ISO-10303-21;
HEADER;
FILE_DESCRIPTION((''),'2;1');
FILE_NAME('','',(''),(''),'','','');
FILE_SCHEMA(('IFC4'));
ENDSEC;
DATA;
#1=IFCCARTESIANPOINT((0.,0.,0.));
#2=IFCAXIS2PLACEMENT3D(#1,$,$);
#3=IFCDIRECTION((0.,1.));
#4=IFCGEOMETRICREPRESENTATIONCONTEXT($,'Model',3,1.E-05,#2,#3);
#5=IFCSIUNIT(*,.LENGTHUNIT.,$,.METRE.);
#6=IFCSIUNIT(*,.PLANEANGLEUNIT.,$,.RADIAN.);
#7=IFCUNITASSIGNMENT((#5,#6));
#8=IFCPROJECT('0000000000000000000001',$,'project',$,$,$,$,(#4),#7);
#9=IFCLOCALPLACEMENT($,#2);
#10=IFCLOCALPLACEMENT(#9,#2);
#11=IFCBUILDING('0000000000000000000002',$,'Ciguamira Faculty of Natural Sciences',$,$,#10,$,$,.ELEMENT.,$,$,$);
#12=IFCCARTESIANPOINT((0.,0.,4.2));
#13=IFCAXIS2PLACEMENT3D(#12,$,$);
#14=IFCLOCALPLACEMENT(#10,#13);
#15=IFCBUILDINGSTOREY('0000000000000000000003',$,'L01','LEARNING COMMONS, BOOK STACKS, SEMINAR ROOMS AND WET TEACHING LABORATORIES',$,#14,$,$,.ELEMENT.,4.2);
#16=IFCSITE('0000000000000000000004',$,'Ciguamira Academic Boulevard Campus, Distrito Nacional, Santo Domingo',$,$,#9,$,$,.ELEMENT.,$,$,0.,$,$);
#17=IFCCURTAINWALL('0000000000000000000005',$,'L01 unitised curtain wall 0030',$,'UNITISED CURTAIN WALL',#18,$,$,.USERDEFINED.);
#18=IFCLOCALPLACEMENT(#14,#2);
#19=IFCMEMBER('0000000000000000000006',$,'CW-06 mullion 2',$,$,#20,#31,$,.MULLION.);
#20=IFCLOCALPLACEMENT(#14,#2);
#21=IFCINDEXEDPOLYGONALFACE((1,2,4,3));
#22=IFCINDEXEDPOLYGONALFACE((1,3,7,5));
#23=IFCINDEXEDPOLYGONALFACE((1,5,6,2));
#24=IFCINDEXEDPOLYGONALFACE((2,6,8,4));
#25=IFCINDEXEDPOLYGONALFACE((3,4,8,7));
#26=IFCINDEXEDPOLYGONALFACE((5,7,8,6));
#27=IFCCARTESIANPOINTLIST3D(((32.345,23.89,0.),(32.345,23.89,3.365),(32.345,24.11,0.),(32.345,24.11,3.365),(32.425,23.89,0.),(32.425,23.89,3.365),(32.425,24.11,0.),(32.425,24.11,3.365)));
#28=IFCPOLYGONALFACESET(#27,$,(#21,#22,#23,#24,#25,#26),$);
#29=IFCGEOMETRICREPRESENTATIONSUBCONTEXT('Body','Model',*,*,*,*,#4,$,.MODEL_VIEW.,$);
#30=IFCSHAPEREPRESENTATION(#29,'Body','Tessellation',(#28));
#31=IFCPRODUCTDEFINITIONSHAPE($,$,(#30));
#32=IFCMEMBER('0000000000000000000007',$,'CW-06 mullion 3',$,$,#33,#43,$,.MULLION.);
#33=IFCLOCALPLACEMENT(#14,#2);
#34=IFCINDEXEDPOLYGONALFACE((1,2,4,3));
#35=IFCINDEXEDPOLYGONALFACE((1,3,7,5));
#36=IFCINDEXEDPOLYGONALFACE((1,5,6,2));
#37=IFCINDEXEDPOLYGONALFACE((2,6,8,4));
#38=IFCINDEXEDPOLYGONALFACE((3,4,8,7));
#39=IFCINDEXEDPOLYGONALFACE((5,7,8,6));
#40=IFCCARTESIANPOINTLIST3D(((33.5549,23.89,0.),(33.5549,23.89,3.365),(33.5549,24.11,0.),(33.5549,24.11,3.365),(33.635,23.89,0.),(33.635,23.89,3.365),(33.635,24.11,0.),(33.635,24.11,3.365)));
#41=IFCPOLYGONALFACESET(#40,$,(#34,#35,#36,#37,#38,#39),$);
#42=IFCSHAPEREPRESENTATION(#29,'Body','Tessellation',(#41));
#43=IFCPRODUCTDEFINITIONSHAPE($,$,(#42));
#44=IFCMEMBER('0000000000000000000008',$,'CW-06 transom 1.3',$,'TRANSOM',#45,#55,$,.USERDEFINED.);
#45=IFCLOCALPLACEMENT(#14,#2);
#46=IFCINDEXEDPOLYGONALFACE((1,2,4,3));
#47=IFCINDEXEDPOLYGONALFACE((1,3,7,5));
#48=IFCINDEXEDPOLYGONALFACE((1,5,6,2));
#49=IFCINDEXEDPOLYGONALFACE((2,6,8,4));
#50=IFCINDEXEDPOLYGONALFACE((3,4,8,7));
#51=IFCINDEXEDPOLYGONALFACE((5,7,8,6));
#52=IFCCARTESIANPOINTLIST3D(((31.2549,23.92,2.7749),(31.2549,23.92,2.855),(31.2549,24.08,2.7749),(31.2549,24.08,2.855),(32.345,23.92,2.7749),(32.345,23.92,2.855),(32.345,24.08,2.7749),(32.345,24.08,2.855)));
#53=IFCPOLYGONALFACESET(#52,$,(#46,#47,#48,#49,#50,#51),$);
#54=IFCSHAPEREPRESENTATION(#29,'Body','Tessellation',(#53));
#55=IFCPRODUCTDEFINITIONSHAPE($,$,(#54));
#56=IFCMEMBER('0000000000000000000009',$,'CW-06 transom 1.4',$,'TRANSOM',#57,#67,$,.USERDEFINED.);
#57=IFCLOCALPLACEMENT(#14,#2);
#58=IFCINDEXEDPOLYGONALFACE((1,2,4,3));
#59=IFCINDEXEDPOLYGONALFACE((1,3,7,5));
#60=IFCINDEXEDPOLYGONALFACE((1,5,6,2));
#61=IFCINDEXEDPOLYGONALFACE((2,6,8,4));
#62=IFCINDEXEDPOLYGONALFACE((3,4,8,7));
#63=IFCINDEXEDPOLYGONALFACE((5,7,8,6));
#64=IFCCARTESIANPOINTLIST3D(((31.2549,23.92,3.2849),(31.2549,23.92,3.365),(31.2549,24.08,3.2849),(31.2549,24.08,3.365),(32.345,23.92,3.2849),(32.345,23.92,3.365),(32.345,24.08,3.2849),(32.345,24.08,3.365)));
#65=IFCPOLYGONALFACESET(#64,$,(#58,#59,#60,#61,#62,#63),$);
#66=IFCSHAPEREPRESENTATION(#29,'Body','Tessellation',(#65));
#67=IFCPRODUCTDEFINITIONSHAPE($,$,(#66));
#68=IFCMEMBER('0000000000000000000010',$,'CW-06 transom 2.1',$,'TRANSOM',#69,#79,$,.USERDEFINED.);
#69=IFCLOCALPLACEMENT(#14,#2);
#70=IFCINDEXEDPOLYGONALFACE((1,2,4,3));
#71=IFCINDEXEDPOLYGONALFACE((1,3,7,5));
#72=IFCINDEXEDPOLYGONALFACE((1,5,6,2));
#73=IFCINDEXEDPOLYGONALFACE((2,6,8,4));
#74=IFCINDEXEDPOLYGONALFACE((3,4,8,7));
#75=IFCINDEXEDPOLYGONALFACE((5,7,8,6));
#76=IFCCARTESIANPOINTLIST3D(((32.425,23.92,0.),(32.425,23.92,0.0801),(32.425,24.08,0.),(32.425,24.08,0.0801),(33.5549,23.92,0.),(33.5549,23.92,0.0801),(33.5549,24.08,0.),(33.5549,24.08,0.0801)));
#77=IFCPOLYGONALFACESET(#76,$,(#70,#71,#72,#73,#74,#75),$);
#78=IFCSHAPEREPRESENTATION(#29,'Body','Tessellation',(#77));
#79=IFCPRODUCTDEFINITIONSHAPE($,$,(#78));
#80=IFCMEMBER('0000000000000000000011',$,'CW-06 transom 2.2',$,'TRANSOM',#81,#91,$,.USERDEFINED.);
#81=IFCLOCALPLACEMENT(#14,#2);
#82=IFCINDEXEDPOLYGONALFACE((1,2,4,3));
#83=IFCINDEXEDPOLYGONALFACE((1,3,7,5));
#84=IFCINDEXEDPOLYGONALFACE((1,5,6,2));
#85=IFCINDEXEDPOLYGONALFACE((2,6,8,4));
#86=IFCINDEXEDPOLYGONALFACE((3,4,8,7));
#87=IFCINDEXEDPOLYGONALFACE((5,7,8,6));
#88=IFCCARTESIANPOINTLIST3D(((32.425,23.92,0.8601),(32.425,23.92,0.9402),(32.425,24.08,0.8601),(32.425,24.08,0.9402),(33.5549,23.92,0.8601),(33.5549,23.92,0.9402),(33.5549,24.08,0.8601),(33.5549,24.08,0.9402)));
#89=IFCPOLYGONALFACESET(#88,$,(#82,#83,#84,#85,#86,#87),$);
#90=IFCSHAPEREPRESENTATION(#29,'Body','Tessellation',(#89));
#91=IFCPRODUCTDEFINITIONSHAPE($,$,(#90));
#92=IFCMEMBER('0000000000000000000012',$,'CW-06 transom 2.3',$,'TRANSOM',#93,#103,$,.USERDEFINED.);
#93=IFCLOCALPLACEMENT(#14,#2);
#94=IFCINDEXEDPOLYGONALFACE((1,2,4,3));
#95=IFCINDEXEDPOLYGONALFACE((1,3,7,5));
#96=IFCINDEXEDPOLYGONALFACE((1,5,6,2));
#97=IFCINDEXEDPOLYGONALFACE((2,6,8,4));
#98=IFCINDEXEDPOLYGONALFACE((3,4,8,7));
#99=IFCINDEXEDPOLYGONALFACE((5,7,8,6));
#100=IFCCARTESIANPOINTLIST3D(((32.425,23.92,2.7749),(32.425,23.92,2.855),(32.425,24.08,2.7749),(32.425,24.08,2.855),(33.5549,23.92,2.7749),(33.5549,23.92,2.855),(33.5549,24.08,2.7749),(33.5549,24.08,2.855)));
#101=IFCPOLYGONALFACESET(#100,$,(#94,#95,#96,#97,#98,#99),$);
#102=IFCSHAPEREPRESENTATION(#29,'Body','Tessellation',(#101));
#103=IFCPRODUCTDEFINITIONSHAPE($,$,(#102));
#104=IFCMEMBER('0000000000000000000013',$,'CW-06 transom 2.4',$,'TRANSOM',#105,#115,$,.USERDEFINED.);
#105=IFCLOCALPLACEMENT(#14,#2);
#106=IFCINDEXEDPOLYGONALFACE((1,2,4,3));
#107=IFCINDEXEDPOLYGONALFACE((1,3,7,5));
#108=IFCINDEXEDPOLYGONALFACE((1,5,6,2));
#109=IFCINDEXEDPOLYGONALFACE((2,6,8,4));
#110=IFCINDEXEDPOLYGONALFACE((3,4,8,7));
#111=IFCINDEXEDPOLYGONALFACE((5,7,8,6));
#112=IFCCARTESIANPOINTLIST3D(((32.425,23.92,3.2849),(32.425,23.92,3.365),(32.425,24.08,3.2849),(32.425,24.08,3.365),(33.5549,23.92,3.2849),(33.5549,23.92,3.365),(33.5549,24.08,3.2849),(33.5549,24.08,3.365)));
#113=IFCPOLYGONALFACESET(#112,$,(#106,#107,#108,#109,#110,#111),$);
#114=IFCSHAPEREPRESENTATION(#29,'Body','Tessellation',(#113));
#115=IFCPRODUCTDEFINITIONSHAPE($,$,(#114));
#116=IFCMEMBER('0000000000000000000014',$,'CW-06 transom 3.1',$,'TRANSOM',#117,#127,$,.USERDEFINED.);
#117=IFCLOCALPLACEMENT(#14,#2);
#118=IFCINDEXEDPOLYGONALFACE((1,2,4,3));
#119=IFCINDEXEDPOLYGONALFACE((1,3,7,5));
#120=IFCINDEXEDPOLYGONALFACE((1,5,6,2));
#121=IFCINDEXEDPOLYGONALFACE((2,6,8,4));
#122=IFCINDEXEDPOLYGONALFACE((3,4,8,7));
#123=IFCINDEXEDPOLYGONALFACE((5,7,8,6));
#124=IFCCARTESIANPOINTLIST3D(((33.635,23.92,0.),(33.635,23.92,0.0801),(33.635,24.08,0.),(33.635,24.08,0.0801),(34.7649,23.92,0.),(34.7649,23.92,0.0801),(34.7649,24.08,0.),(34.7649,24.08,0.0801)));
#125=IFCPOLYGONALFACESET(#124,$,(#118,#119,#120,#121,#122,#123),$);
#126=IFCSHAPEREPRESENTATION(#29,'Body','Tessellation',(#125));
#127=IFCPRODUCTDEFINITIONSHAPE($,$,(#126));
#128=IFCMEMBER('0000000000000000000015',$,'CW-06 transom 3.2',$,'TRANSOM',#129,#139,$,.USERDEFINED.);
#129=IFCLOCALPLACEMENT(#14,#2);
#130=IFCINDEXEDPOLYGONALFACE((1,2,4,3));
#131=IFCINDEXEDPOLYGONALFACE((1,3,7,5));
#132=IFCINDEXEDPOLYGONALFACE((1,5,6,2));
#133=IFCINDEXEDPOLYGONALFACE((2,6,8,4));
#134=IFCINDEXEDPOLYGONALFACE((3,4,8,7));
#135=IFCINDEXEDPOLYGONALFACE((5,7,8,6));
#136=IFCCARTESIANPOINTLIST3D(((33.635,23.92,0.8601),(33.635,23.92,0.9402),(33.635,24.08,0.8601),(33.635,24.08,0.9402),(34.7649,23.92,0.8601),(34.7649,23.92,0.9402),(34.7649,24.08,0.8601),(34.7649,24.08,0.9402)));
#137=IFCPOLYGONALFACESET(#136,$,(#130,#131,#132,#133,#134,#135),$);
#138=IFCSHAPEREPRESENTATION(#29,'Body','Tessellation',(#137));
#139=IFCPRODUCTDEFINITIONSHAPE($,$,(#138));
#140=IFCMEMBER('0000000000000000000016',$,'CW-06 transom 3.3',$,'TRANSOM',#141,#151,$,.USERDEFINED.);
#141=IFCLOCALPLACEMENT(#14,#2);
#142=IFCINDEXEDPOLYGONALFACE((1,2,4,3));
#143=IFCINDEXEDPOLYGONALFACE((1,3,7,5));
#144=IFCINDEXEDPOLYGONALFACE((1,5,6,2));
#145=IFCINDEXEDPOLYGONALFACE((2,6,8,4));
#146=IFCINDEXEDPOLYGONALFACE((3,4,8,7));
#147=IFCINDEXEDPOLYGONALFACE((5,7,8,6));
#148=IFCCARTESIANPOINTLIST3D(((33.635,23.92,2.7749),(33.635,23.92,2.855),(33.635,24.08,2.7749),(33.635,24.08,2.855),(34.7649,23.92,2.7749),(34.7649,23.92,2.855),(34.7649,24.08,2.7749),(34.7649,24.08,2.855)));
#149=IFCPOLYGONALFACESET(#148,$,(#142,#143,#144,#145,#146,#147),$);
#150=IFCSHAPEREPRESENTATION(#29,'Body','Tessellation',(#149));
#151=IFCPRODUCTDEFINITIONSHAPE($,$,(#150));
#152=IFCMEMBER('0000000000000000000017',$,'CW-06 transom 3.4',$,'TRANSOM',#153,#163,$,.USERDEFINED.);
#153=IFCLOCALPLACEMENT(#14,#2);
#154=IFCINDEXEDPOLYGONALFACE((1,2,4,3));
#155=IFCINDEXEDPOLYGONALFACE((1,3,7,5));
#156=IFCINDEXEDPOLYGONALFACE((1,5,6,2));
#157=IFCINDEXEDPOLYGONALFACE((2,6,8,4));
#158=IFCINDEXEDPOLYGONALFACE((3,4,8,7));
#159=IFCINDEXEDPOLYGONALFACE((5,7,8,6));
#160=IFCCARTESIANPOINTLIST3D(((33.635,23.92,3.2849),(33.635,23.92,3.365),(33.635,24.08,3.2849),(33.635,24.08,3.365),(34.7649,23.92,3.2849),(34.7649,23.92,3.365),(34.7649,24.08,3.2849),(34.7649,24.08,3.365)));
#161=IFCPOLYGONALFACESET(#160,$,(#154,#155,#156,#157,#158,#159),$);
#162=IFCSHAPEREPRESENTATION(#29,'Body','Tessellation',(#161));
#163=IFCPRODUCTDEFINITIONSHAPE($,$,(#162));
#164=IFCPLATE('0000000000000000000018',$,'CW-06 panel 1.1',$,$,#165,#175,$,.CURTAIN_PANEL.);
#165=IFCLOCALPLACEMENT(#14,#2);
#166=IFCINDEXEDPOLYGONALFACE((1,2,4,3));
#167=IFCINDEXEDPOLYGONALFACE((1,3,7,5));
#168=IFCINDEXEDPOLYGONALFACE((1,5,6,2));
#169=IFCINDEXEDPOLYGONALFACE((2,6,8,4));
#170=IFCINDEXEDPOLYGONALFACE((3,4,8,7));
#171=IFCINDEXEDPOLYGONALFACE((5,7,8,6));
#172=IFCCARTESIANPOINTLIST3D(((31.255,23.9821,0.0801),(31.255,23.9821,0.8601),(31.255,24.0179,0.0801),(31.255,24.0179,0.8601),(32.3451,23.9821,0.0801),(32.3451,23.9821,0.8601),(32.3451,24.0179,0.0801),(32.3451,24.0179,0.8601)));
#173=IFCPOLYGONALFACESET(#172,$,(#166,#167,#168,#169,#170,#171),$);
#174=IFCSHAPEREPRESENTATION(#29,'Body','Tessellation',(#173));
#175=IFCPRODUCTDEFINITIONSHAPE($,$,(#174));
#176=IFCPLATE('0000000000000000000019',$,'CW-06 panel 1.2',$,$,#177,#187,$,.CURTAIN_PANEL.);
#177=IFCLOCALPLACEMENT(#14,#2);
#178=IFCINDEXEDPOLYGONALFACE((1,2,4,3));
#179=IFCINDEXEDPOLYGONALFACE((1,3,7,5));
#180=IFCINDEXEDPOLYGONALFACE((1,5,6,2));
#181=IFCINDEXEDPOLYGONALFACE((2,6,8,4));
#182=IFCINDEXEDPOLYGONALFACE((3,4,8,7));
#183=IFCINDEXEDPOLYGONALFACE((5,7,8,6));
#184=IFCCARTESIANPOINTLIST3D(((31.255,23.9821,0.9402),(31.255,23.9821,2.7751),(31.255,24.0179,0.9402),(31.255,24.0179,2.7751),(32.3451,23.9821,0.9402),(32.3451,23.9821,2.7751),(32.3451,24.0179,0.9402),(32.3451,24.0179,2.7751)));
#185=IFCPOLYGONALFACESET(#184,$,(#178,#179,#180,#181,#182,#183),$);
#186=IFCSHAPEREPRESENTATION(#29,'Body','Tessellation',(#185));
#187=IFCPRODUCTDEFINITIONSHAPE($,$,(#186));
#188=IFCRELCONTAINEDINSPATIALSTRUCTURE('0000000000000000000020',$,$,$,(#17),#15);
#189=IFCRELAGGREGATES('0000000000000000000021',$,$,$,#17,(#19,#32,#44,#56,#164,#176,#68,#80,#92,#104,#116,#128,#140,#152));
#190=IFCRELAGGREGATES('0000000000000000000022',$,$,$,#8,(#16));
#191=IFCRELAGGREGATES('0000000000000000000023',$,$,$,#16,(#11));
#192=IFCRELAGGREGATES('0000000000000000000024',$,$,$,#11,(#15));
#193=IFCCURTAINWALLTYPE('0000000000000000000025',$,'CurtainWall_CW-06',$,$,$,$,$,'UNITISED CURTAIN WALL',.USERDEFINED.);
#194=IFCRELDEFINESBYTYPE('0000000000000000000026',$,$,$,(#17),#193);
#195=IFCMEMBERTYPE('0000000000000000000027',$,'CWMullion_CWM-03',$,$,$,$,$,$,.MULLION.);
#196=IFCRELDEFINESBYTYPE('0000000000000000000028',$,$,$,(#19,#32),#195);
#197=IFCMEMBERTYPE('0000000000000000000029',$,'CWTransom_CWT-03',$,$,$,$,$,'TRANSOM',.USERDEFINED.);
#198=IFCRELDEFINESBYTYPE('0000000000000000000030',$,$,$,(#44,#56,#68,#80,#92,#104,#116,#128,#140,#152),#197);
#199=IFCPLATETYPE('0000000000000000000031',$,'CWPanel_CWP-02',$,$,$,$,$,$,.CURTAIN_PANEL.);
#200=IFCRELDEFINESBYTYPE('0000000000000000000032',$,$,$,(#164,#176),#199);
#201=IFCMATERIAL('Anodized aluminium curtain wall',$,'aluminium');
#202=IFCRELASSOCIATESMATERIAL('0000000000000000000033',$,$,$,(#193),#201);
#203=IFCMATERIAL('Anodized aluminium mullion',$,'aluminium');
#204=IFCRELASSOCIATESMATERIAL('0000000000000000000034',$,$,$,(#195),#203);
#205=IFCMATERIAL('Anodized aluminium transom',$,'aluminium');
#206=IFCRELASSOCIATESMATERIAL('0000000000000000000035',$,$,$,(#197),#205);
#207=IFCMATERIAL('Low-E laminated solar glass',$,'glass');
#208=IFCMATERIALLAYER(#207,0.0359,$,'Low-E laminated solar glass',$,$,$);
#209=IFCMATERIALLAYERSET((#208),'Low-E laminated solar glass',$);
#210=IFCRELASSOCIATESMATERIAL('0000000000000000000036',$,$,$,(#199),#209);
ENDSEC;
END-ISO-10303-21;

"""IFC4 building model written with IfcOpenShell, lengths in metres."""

from ifc_helpers import new_model, si_unit, direction, frame, origin, origin_2d, place, context, subcontext, project, spatial, rectangle, extrude, material, layer, layer_set, material_profile, profile_set, type_object, element, aggregate, save


model = new_model("IFC4")

# Units and contexts
model_context = context("Model", 3, precision=1e-05, world=origin(), true_north=direction((0.0, 1.0)))
body_context = subcontext(model_context, "Body", "Model", "MODEL_VIEW")
ifc_project = project(units=[si_unit("LENGTHUNIT", "METRE"), si_unit("PLANEANGLEUNIT", "RADIAN")], contexts=[model_context])

# Site, building, storey
site_placement = place(None, origin())
site = spatial("IfcSite", under=ifc_project, at=site_placement, Name="Ciguamira Academic Boulevard Campus, Distrito Nacional, Santo Domingo", CompositionType="ELEMENT", RefElevation=0.0)
building_placement = place(site_placement, origin())
building = spatial("IfcBuilding", under=site, at=building_placement, Name="Ciguamira Faculty of Natural Sciences", CompositionType="ELEMENT")
storey_placement = place(building_placement, frame((0.0, 0.0, 4.2)))
storey = spatial("IfcBuildingStorey", under=building, at=storey_placement, Name="L01", Description="LEARNING COMMONS, BOOK STACKS, SEMINAR ROOMS AND WET TEACHING LABORATORIES", CompositionType="ELEMENT", Elevation=4.2)

# Curtain wall, members, plates
ifc_material_1 = material(Name="Anodized aluminium curtain wall", Category="aluminium")
curtain_wall_type = type_object("IfcCurtainWallType", Name="CurtainWall_CW-06", ElementType="UNITISED CURTAIN WALL", PredefinedType="USERDEFINED", material=ifc_material_1)
curtain_wall_placement = place(storey_placement, origin())
curtain_wall = element("IfcCurtainWall", 1, at=curtain_wall_placement, inside=storey, type_object=curtain_wall_type, Name="L01 unitised curtain wall 0030", ObjectType="UNITISED CURTAIN WALL", PredefinedType="USERDEFINED")
ifc_material_2 = material(Name="Anodized aluminium mullion", Category="aluminium")
ifc_material_profile_1 = material_profile(ifc_material_2, rectangle(XDim=0.0801, YDim=0.22, at=origin_2d()), Name="ALU-MUL-80X220")
ifc_profile_set_1 = profile_set([ifc_material_profile_1], Name="Anodized aluminium mullion")
member_type_1 = type_object("IfcMemberType", Name="CWMullion_CWM-03", PredefinedType="MULLION", material=ifc_profile_set_1)
member_1_placement = place(storey_placement, frame((32.385, 24.0, 0.0), z_axis=(0.0, 0.0, 1.0), x_axis=(1.0, 0.0, 0.0)))
member_1 = element("IfcMember", 2, at=member_1_placement, type_object=member_type_1, Name="CW-06 mullion 2", PredefinedType="MULLION", context=body_context, shape_type="SweptSolid", body=[
    extrude(rectangle(XDim=0.0801, YDim=0.22, at=origin_2d()), origin(), (0.0, 0.0, 1.0), 3.365),
])
member_2_placement = place(storey_placement, frame((33.595, 24.0, 0.0), z_axis=(0.0, 0.0, 1.0), x_axis=(1.0, 0.0, 0.0)))
member_2 = element("IfcMember", 3, at=member_2_placement, type_object=member_type_1, Name="CW-06 mullion 3", PredefinedType="MULLION", context=body_context, shape_type="SweptSolid", body=[
    extrude(rectangle(XDim=0.0801, YDim=0.22, at=origin_2d()), origin(), (0.0, 0.0, 1.0), 3.365),
])
ifc_material_3 = material(Name="Anodized aluminium transom", Category="aluminium")
ifc_material_profile_2 = material_profile(ifc_material_3, rectangle(XDim=0.0801, YDim=0.1599, at=origin_2d()), Name="ALU-TRN-80X160")
ifc_profile_set_2 = profile_set([ifc_material_profile_2], Name="Anodized aluminium transom")
member_type_2 = type_object("IfcMemberType", Name="CWTransom_CWT-03", ElementType="TRANSOM", PredefinedType="USERDEFINED", material=ifc_profile_set_2)
member_3_placement = place(storey_placement, frame((31.2549, 24.0, 2.8149), z_axis=(1.0, 0.0, 0.0), x_axis=(0.0, 0.0, 1.0)))
member_3 = element("IfcMember", 4, at=member_3_placement, type_object=member_type_2, Name="CW-06 transom 1.3", ObjectType="TRANSOM", PredefinedType="USERDEFINED", context=body_context, shape_type="SweptSolid", body=[
    extrude(rectangle(XDim=0.0801, YDim=0.1599, at=origin_2d()), origin(), (0.0, 0.0, 1.0), 1.0901),
])
member_4_placement = place(storey_placement, frame((31.2549, 24.0, 3.325), z_axis=(1.0, 0.0, 0.0), x_axis=(0.0, 0.0, 1.0)))
member_4 = element("IfcMember", 5, at=member_4_placement, type_object=member_type_2, Name="CW-06 transom 1.4", ObjectType="TRANSOM", PredefinedType="USERDEFINED", context=body_context, shape_type="SweptSolid", body=[
    extrude(rectangle(XDim=0.0801, YDim=0.1599, at=origin_2d()), origin(), (0.0, 0.0, 1.0), 1.0901),
])
member_5_placement = place(storey_placement, frame((32.425, 24.0, 0.04), z_axis=(1.0, 0.0, 0.0), x_axis=(0.0, 0.0, 1.0)))
member_5 = element("IfcMember", 6, at=member_5_placement, type_object=member_type_2, Name="CW-06 transom 2.1", ObjectType="TRANSOM", PredefinedType="USERDEFINED", context=body_context, shape_type="SweptSolid", body=[
    extrude(rectangle(XDim=0.0801, YDim=0.1599, at=origin_2d()), origin(), (0.0, 0.0, 1.0), 1.1299),
])
member_6_placement = place(storey_placement, frame((32.425, 24.0, 0.9001), z_axis=(1.0, 0.0, 0.0), x_axis=(0.0, 0.0, 1.0)))
member_6 = element("IfcMember", 7, at=member_6_placement, type_object=member_type_2, Name="CW-06 transom 2.2", ObjectType="TRANSOM", PredefinedType="USERDEFINED", context=body_context, shape_type="SweptSolid", body=[
    extrude(rectangle(XDim=0.0801, YDim=0.1599, at=origin_2d()), origin(), (0.0, 0.0, 1.0), 1.1299),
])
member_7_placement = place(storey_placement, frame((32.425, 24.0, 2.8149), z_axis=(1.0, 0.0, 0.0), x_axis=(0.0, 0.0, 1.0)))
member_7 = element("IfcMember", 8, at=member_7_placement, type_object=member_type_2, Name="CW-06 transom 2.3", ObjectType="TRANSOM", PredefinedType="USERDEFINED", context=body_context, shape_type="SweptSolid", body=[
    extrude(rectangle(XDim=0.0801, YDim=0.1599, at=origin_2d()), origin(), (0.0, 0.0, 1.0), 1.1299),
])
member_8_placement = place(storey_placement, frame((32.425, 24.0, 3.325), z_axis=(1.0, 0.0, 0.0), x_axis=(0.0, 0.0, 1.0)))
member_8 = element("IfcMember", 9, at=member_8_placement, type_object=member_type_2, Name="CW-06 transom 2.4", ObjectType="TRANSOM", PredefinedType="USERDEFINED", context=body_context, shape_type="SweptSolid", body=[
    extrude(rectangle(XDim=0.0801, YDim=0.1599, at=origin_2d()), origin(), (0.0, 0.0, 1.0), 1.1299),
])
member_9_placement = place(storey_placement, frame((33.635, 24.0, 0.04), z_axis=(1.0, 0.0, 0.0), x_axis=(0.0, 0.0, 1.0)))
member_9 = element("IfcMember", 10, at=member_9_placement, type_object=member_type_2, Name="CW-06 transom 3.1", ObjectType="TRANSOM", PredefinedType="USERDEFINED", context=body_context, shape_type="SweptSolid", body=[
    extrude(rectangle(XDim=0.0801, YDim=0.1599, at=origin_2d()), origin(), (0.0, 0.0, 1.0), 1.1299),
])
member_10_placement = place(storey_placement, frame((33.635, 24.0, 0.9001), z_axis=(1.0, 0.0, 0.0), x_axis=(0.0, 0.0, 1.0)))
member_10 = element("IfcMember", 11, at=member_10_placement, type_object=member_type_2, Name="CW-06 transom 3.2", ObjectType="TRANSOM", PredefinedType="USERDEFINED", context=body_context, shape_type="SweptSolid", body=[
    extrude(rectangle(XDim=0.0801, YDim=0.1599, at=origin_2d()), origin(), (0.0, 0.0, 1.0), 1.1299),
])
member_11_placement = place(storey_placement, frame((33.635, 24.0, 2.8149), z_axis=(1.0, 0.0, 0.0), x_axis=(0.0, 0.0, 1.0)))
member_11 = element("IfcMember", 12, at=member_11_placement, type_object=member_type_2, Name="CW-06 transom 3.3", ObjectType="TRANSOM", PredefinedType="USERDEFINED", context=body_context, shape_type="SweptSolid", body=[
    extrude(rectangle(XDim=0.0801, YDim=0.1599, at=origin_2d()), origin(), (0.0, 0.0, 1.0), 1.1299),
])
member_12_placement = place(storey_placement, frame((33.635, 24.0, 3.325), z_axis=(1.0, 0.0, 0.0), x_axis=(0.0, 0.0, 1.0)))
member_12 = element("IfcMember", 13, at=member_12_placement, type_object=member_type_2, Name="CW-06 transom 3.4", ObjectType="TRANSOM", PredefinedType="USERDEFINED", context=body_context, shape_type="SweptSolid", body=[
    extrude(rectangle(XDim=0.0801, YDim=0.1599, at=origin_2d()), origin(), (0.0, 0.0, 1.0), 1.1299),
])
ifc_material_4 = material(Name="Low-E laminated solar glass", Category="glass")
ifc_layer = layer(ifc_material_4, 0.0359, Name="Low-E laminated solar glass")
ifc_layer_set = layer_set([ifc_layer], Name="Low-E laminated solar glass")
plate_type = type_object("IfcPlateType", Name="CWPanel_CWP-02", PredefinedType="CURTAIN_PANEL", material=ifc_layer_set)
plate_1_placement = place(storey_placement, frame((31.8, 24.0, 0.0801), z_axis=(0.0, 0.0, 1.0), x_axis=(1.0, 0.0, 0.0)))
plate_1 = element("IfcPlate", 14, at=plate_1_placement, type_object=plate_type, Name="CW-06 panel 1.1", PredefinedType="CURTAIN_PANEL", context=body_context, shape_type="SweptSolid", body=[
    extrude(rectangle(XDim=1.0901, YDim=0.0359, at=origin_2d()), origin(), (0.0, 0.0, 1.0), 0.78),
])
plate_2_placement = place(storey_placement, frame((31.8, 24.0, 0.9402), z_axis=(0.0, 0.0, 1.0), x_axis=(1.0, 0.0, 0.0)))
plate_2 = element("IfcPlate", 15, at=plate_2_placement, type_object=plate_type, Name="CW-06 panel 1.2", PredefinedType="CURTAIN_PANEL", context=body_context, shape_type="SweptSolid", body=[
    extrude(rectangle(XDim=1.0901, YDim=0.0359, at=origin_2d()), origin(), (0.0, 0.0, 1.0), 1.835),
])
aggregate(curtain_wall, [member_1, member_2, member_3, member_4, plate_1, plate_2, member_5, member_6, member_7, member_8, member_9, member_10, member_11, member_12])

save(model, "model.ifc")
